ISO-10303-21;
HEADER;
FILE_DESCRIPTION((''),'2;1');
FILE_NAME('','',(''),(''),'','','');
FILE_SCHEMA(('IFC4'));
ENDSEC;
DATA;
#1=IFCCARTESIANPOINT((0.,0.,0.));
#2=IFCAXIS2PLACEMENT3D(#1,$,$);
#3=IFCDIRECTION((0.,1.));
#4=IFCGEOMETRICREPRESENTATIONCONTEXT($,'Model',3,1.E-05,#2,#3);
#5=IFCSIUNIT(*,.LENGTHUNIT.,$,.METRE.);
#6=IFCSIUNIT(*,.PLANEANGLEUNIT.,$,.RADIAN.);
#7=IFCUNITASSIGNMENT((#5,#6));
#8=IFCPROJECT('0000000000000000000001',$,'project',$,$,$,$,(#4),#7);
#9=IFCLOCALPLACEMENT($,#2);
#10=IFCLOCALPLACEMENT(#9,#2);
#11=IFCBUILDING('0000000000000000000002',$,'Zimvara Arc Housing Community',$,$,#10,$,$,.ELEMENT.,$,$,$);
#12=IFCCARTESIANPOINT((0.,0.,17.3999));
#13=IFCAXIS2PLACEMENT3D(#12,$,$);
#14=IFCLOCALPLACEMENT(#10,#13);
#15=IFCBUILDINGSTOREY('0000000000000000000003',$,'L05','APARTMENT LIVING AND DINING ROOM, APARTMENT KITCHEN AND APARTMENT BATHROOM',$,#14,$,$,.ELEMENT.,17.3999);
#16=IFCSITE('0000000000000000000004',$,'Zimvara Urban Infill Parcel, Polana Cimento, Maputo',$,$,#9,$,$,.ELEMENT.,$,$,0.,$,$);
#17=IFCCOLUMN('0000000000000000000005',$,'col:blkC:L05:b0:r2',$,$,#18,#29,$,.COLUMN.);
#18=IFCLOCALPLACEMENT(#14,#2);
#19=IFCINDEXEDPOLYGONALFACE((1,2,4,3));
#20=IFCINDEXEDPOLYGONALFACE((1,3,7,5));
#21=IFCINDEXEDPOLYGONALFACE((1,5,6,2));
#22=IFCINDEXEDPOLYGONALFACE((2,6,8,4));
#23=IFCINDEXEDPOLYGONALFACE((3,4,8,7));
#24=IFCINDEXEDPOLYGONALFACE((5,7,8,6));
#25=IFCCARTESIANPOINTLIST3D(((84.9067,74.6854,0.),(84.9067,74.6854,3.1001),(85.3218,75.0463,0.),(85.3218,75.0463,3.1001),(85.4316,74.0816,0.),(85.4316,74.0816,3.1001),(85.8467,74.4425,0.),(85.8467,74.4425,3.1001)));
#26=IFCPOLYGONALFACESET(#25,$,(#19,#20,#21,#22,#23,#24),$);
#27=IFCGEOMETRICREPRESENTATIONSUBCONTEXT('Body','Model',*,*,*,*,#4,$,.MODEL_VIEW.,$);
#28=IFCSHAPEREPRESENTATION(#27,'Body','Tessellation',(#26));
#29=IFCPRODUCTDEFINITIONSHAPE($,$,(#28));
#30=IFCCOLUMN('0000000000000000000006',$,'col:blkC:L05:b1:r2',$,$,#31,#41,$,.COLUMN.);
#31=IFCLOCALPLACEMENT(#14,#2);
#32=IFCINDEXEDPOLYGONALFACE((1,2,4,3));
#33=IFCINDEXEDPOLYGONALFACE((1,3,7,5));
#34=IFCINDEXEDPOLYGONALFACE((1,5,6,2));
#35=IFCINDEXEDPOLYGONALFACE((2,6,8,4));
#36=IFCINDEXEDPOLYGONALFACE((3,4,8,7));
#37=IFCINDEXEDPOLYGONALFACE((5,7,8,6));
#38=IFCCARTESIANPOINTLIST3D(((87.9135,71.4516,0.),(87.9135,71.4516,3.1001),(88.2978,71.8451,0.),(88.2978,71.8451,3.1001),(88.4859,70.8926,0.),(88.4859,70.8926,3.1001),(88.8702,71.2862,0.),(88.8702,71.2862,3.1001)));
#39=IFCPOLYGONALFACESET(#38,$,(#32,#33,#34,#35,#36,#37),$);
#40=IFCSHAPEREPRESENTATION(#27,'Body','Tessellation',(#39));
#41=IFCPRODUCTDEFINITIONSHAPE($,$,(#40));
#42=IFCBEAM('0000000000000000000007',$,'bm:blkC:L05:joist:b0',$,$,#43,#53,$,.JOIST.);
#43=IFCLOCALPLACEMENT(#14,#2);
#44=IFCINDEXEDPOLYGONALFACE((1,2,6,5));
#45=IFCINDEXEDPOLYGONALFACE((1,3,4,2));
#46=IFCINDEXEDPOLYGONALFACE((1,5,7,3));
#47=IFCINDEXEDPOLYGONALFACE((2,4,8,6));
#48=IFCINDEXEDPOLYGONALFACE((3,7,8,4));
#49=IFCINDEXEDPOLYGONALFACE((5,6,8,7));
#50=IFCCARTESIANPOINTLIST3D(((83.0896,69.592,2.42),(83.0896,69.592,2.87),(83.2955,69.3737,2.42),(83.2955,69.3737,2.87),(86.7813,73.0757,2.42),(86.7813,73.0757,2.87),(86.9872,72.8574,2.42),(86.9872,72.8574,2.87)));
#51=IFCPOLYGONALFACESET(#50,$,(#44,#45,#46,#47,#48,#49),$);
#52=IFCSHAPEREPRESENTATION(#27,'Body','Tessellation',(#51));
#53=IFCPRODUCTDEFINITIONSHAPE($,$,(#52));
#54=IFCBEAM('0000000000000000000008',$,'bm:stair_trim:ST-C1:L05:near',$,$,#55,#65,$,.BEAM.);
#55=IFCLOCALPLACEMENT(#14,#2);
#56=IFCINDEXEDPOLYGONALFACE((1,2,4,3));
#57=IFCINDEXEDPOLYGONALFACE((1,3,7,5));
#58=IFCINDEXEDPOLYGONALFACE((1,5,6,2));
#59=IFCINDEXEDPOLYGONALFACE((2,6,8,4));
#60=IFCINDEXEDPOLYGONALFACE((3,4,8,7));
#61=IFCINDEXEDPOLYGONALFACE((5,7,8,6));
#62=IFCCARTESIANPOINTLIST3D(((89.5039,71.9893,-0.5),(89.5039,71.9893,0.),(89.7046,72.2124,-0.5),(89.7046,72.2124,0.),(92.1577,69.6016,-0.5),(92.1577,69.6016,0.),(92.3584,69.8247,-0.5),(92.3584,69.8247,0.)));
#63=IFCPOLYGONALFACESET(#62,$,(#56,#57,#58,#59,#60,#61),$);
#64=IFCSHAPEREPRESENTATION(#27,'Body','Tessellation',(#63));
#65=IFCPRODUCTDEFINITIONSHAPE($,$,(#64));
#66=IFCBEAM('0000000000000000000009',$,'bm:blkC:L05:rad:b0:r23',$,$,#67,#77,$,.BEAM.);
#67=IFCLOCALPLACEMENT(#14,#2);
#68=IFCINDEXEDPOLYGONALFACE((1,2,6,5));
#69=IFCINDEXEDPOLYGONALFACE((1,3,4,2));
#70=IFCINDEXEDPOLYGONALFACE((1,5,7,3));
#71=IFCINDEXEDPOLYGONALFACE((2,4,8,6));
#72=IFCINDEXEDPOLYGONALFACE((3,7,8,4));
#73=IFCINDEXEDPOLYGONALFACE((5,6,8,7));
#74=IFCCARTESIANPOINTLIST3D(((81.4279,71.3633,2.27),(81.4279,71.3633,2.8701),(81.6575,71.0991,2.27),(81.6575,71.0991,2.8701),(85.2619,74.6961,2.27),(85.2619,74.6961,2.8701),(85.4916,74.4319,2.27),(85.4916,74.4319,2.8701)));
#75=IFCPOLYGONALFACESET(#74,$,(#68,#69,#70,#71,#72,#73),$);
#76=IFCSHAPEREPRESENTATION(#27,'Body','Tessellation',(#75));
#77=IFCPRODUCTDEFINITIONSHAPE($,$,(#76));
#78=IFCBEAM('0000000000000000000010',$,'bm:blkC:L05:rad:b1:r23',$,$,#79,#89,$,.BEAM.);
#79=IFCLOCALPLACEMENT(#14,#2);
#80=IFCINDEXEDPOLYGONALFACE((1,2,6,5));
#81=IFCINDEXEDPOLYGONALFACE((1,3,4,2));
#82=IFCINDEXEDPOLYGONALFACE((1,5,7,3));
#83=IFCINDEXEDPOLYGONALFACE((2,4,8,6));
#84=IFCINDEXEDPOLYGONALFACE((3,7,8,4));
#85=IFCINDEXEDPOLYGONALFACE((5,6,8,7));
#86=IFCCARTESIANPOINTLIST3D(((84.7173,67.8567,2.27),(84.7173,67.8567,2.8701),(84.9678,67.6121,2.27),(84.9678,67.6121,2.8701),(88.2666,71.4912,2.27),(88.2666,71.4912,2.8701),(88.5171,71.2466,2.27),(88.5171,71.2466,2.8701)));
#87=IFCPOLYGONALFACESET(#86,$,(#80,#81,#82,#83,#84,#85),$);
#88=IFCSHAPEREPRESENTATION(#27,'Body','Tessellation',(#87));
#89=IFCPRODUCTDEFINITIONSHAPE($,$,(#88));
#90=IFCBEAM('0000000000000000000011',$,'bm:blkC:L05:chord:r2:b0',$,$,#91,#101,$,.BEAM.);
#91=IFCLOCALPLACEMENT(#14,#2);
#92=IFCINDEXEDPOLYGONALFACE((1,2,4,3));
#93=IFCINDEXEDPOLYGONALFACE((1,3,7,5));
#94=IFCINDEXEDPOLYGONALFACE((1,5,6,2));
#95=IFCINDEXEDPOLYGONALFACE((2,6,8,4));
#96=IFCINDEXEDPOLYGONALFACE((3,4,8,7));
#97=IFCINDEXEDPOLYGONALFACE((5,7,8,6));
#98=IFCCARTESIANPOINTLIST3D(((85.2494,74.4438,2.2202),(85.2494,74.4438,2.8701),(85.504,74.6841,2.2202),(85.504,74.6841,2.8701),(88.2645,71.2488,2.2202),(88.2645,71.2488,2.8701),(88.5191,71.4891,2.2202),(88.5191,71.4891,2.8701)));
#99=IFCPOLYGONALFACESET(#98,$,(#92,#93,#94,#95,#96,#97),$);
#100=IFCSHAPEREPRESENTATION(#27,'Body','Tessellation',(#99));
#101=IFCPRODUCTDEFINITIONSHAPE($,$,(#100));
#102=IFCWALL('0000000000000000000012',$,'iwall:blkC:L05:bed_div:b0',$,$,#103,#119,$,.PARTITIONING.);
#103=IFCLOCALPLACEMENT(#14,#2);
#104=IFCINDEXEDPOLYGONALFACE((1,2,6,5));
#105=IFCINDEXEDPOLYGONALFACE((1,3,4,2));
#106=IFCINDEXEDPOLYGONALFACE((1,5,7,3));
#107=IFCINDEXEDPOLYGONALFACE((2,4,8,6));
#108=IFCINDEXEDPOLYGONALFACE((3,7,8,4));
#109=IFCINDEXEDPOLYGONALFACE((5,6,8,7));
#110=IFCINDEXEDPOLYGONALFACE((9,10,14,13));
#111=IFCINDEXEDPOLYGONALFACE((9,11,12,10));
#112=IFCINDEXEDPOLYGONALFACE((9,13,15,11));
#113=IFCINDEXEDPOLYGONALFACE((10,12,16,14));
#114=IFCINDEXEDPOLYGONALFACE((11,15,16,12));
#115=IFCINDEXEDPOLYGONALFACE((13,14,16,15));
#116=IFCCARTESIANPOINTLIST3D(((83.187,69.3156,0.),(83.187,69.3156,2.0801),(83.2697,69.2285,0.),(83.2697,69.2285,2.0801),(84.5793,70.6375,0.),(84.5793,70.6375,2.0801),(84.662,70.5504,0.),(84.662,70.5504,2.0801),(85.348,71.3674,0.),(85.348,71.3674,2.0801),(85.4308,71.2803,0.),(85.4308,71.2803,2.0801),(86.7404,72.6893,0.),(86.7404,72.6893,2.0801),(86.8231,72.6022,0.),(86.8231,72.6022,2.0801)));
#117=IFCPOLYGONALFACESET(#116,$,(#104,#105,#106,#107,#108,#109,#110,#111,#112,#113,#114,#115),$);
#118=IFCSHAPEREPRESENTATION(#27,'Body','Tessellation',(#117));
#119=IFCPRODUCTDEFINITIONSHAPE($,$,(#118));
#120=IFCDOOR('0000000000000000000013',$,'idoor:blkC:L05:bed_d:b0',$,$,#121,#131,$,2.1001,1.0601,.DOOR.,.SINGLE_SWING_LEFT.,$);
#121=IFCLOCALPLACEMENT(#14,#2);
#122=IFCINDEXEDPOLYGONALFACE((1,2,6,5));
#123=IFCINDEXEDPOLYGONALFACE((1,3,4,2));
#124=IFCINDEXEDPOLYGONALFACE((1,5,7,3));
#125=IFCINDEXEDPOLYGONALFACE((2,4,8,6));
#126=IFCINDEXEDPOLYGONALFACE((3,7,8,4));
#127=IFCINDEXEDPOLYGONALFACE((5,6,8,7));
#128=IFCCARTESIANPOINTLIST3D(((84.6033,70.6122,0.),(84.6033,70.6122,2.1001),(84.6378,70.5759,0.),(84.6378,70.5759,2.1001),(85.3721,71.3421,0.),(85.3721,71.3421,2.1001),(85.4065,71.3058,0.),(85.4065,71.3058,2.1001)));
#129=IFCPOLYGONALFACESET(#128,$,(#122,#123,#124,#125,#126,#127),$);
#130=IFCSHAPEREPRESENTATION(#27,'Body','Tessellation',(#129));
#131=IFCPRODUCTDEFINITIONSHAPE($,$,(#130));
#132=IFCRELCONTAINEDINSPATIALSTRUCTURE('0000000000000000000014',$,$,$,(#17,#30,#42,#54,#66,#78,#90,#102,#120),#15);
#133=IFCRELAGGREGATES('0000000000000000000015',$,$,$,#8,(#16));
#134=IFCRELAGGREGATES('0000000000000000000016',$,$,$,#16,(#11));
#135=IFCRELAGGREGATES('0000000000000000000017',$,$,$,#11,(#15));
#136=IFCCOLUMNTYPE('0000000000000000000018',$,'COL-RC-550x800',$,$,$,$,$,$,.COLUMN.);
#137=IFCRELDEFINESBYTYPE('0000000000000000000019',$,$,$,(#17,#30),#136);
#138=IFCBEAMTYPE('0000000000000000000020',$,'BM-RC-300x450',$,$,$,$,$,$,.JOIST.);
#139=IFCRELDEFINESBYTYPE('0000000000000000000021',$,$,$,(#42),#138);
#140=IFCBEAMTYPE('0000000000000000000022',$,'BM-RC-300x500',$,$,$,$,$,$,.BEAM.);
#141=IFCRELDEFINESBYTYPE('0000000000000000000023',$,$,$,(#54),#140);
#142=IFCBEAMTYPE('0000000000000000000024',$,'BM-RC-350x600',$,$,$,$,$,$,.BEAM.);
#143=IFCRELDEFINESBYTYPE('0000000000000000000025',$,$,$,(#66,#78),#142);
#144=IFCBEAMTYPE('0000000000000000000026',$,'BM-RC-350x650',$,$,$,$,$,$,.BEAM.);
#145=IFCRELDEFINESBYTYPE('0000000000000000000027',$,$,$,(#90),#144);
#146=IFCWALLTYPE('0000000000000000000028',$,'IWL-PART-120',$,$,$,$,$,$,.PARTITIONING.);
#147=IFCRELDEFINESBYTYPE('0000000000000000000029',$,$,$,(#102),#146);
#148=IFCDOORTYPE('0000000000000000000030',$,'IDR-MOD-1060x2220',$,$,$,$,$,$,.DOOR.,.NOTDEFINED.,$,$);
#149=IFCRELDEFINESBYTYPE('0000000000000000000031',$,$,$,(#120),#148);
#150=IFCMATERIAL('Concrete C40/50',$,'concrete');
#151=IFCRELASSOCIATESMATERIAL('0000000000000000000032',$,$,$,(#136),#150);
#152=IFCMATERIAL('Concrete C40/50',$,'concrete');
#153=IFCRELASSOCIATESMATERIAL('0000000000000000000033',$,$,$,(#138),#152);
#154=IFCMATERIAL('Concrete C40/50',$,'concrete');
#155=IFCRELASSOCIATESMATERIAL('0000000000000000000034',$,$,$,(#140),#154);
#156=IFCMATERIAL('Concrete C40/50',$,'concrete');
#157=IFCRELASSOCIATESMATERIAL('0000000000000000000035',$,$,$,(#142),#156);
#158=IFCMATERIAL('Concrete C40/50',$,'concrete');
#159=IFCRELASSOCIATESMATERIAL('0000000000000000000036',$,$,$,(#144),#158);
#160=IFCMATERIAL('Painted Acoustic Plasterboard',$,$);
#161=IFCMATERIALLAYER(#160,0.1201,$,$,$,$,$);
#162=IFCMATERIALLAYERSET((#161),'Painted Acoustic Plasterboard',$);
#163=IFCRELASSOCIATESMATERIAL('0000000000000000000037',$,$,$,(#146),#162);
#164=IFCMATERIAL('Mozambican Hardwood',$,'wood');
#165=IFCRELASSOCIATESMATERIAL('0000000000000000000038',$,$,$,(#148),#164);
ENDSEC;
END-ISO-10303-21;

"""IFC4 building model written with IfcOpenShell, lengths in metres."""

from ifc_helpers import new_model, si_unit, direction, frame, frame_2d, origin, origin_2d, place, context, subcontext, project, spatial, rectangle, extrude, material, layer, layer_set, material_profile, profile_set, type_object, element, fill, save


model = new_model("IFC4")

# Units and contexts
model_context = context("Model", 3, precision=1e-05, world=origin(), true_north=direction((0.0, 1.0)))
body_context = subcontext(model_context, "Body", "Model", "MODEL_VIEW")
ifc_project = project(units=[si_unit("LENGTHUNIT", "METRE"), si_unit("PLANEANGLEUNIT", "RADIAN")], contexts=[model_context])

# Site, building, storey
site_placement = place(None, origin())
site = spatial("IfcSite", under=ifc_project, at=site_placement, Name="Zimvara Urban Infill Parcel, Polana Cimento, Maputo", CompositionType="ELEMENT", RefElevation=0.0)
building_placement = place(site_placement, origin())
building = spatial("IfcBuilding", under=site, at=building_placement, Name="Zimvara Arc Housing Community", CompositionType="ELEMENT")
storey_placement = place(building_placement, frame((0.0, 0.0, 17.3999)))
storey = spatial("IfcBuildingStorey", under=building, at=storey_placement, Name="L05", Description="APARTMENT LIVING AND DINING ROOM, APARTMENT KITCHEN AND APARTMENT BATHROOM", CompositionType="ELEMENT", Elevation=17.3999)

# Columns
ifc_material_1 = material(Name="Concrete C40/50", Category="concrete")
ifc_material_profile_1 = material_profile(ifc_material_1, rectangle(XDim=0.55, YDim=0.8, at=origin_2d()), Name="RC 550x800")
ifc_profile_set_1 = profile_set([ifc_material_profile_1], Name="Concrete C40/50")
column_type = type_object("IfcColumnType", Name="COL-RC-550x800", PredefinedType="COLUMN", material=ifc_profile_set_1)
for number, where, z_axis, x_axis, name in (
    (1, (85.3767, 74.564, 0.0), (0.0, 0.0, 1.0), (-0.75471, -0.656059, 0.0), "col:blkC:L05:b0:r2"),
    (2, (88.3918, 71.3689, 0.0), (0.0, 0.0, 1.0), (-0.698665, -0.715449, 0.0), "col:blkC:L05:b1:r2"),
):
    element("IfcColumn", number, at=place(storey_placement, frame(where, z_axis=z_axis, x_axis=x_axis)), inside=storey, type_object=column_type, Name=name, PredefinedType="COLUMN", context=body_context, shape_type="SweptSolid", body=[
        extrude(rectangle(XDim=0.55, YDim=0.8, at=origin_2d()), origin(), (0.0, 0.0, 1.0), 3.1001),
    ])

# Beams
ifc_material_2 = material(Name="Concrete C40/50", Category="concrete")
ifc_material_profile_2 = material_profile(ifc_material_2, rectangle(XDim=0.3, YDim=0.45, at=origin_2d()), Name="RC 300x450")
ifc_profile_set_2 = profile_set([ifc_material_profile_2], Name="Concrete C40/50")
beam_type_1 = type_object("IfcBeamType", Name="BM-RC-300x450", PredefinedType="JOIST", material=ifc_profile_set_2)
beam_1_placement = place(storey_placement, frame((86.8843, 72.9666, 2.645), z_axis=(-0.7273, -0.68632, 0.0), x_axis=(0.68632, -0.7273, 0.0)))
element("IfcBeam", 3, at=beam_1_placement, inside=storey, type_object=beam_type_1, Name="bm:blkC:L05:joist:b0", PredefinedType="JOIST", context=body_context, shape_type="SweptSolid", body=[
    extrude(rectangle(XDim=0.3, YDim=0.45, at=origin_2d()), origin(), (0.0, 0.0, 1.0), 5.0759),
])
ifc_material_3 = material(Name="Concrete C40/50", Category="concrete")
ifc_material_profile_3 = material_profile(ifc_material_3, rectangle(XDim=0.3, YDim=0.5, at=origin_2d()), Name="RC 300x500")
ifc_profile_set_3 = profile_set([ifc_material_profile_3], Name="Concrete C40/50")
beam_type_2 = type_object("IfcBeamType", Name="BM-RC-300x500", PredefinedType="BEAM", material=ifc_profile_set_3)
beam_2_placement = place(storey_placement, frame((89.6042, 72.1008, -0.25), z_axis=(0.743396, -0.668851, 0.0), x_axis=(0.668851, 0.743396, 0.0)))
element("IfcBeam", 4, at=beam_2_placement, inside=storey, type_object=beam_type_2, Name="bm:stair_trim:ST-C1:L05:near", PredefinedType="BEAM", context=body_context, shape_type="SweptSolid", body=[
    extrude(rectangle(XDim=0.3, YDim=0.5, at=origin_2d()), origin(), (0.0, 0.0, 1.0), 3.5698),
])
ifc_material_4 = material(Name="Concrete C40/50", Category="concrete")
ifc_material_profile_4 = material_profile(ifc_material_4, rectangle(XDim=0.3501, YDim=0.6001, at=origin_2d()), Name="RC 350x600")
ifc_profile_set_4 = profile_set([ifc_material_profile_4], Name="Concrete C40/50")
beam_type_3 = type_object("IfcBeamType", Name="BM-RC-350x600", PredefinedType="BEAM", material=ifc_profile_set_4)
for number, where, z_axis, x_axis, name in (
    (5, (85.3767, 74.564, 2.5701), (-0.754716, -0.656051, 0.0), (0.656051, -0.754716, 0.0), "bm:blkC:L05:rad:b0:r23"),
    (6, (88.3918, 71.3689, 2.5701), (-0.698671, -0.715443, 0.0), (0.715443, -0.698671, 0.0), "bm:blkC:L05:rad:b1:r23"),
):
    element("IfcBeam", number, at=place(storey_placement, frame(where, z_axis=z_axis, x_axis=x_axis)), inside=storey, type_object=beam_type_3, Name=name, PredefinedType="BEAM", context=body_context, shape_type="SweptSolid", body=[
        extrude(rectangle(XDim=0.3501, YDim=0.6001, at=origin_2d()), origin(), (0.0, 0.0, 1.0), 5.0801),
    ])
ifc_material_5 = material(Name="Concrete C40/50", Category="concrete")
ifc_material_profile_5 = material_profile(ifc_material_5, rectangle(XDim=0.3501, YDim=0.6499, at=origin_2d()), Name="RC 350x650")
ifc_profile_set_5 = profile_set([ifc_material_profile_5], Name="Concrete C40/50")
beam_type_4 = type_object("IfcBeamType", Name="BM-RC-350x650", PredefinedType="BEAM", material=ifc_profile_set_5)
beam_3_placement = place(storey_placement, frame((85.3767, 74.564, 2.5452), z_axis=(0.686331, -0.727289, 0.0), x_axis=(0.727289, 0.686331, 0.0)))
element("IfcBeam", 7, at=beam_3_placement, inside=storey, type_object=beam_type_4, Name="bm:blkC:L05:chord:r2:b0", PredefinedType="BEAM", context=body_context, shape_type="SweptSolid", body=[
    extrude(rectangle(XDim=0.3501, YDim=0.6499, at=origin_2d()), origin(), (0.0, 0.0, 1.0), 4.3931),
])

# Wall, opening, door
ifc_material_6 = material(Name="Painted Acoustic Plasterboard")
ifc_layer_1 = layer(ifc_material_6, 0.1201)
ifc_layer_set_1 = layer_set([ifc_layer_1], Name="Painted Acoustic Plasterboard")
wall_type_1 = type_object("IfcWallType", Name="IWL-PART-120", PredefinedType="PARTITIONING", material=ifc_layer_set_1)
wall_1_placement = place(storey_placement, frame((86.7817, 72.6458, 0.0), z_axis=(0.0, 0.0, 1.0), x_axis=(-0.725205, -0.688533, 0.0)))
wall_1 = element("IfcWall", 8, at=wall_1_placement, inside=storey, type_object=wall_type_1, Name="iwall:blkC:L05:bed_div:b0", PredefinedType="PARTITIONING", context=body_context, shape_type="SweptSolid", body=[
    extrude(rectangle(XDim=4.8999, YDim=0.1201, at=frame_2d((2.45, 0.0))), origin(), (0.0, 0.0, 1.0), 2.0801),
])
opening_1_placement = place(wall_1_placement, frame((1.9199, 0.0, 0.0)))
opening_1 = element("IfcOpeningElement", 9, at=opening_1_placement, cuts=wall_1, PredefinedType="OPENING", context=body_context, shape_type="SweptSolid", body=[
    extrude(rectangle(XDim=1.0601, YDim=2.1001, at=frame_2d((0.53, 1.05))), frame((0.0, 0.0701, 0.0), z_axis=(0.0, -1.0, 0.0), x_axis=(1.0, 0.0, 0.0)), (0.0, 0.0, 1.0), 0.1401),
])
ifc_material_7 = material(Name="Mozambican Hardwood", Category="wood")
door_type_1 = type_object("IfcDoorType", Name="IDR-MOD-1060x2220", OperationType="NOTDEFINED", PredefinedType="DOOR", material=ifc_material_7)
door_1_placement = place(opening_1_placement, origin())
door_1 = element("IfcDoor", 10, at=door_1_placement, inside=storey, type_object=door_type_1, Name="idoor:blkC:L05:bed_d:b0", OperationType="SINGLE_SWING_LEFT", OverallHeight=2.1001, OverallWidth=1.0601, PredefinedType="DOOR", context=body_context, shape_type="SweptSolid", body=[
    extrude(rectangle(XDim=1.0601, YDim=2.1001, at=frame_2d((0.53, 1.05))), frame((0.0, 0.0249, 0.0), z_axis=(0.0, -1.0, 0.0), x_axis=(1.0, 0.0, 0.0)), (0.0, 0.0, 1.0), 0.05),
])
fill(opening_1, door_1)

save(model, "model.ifc")
